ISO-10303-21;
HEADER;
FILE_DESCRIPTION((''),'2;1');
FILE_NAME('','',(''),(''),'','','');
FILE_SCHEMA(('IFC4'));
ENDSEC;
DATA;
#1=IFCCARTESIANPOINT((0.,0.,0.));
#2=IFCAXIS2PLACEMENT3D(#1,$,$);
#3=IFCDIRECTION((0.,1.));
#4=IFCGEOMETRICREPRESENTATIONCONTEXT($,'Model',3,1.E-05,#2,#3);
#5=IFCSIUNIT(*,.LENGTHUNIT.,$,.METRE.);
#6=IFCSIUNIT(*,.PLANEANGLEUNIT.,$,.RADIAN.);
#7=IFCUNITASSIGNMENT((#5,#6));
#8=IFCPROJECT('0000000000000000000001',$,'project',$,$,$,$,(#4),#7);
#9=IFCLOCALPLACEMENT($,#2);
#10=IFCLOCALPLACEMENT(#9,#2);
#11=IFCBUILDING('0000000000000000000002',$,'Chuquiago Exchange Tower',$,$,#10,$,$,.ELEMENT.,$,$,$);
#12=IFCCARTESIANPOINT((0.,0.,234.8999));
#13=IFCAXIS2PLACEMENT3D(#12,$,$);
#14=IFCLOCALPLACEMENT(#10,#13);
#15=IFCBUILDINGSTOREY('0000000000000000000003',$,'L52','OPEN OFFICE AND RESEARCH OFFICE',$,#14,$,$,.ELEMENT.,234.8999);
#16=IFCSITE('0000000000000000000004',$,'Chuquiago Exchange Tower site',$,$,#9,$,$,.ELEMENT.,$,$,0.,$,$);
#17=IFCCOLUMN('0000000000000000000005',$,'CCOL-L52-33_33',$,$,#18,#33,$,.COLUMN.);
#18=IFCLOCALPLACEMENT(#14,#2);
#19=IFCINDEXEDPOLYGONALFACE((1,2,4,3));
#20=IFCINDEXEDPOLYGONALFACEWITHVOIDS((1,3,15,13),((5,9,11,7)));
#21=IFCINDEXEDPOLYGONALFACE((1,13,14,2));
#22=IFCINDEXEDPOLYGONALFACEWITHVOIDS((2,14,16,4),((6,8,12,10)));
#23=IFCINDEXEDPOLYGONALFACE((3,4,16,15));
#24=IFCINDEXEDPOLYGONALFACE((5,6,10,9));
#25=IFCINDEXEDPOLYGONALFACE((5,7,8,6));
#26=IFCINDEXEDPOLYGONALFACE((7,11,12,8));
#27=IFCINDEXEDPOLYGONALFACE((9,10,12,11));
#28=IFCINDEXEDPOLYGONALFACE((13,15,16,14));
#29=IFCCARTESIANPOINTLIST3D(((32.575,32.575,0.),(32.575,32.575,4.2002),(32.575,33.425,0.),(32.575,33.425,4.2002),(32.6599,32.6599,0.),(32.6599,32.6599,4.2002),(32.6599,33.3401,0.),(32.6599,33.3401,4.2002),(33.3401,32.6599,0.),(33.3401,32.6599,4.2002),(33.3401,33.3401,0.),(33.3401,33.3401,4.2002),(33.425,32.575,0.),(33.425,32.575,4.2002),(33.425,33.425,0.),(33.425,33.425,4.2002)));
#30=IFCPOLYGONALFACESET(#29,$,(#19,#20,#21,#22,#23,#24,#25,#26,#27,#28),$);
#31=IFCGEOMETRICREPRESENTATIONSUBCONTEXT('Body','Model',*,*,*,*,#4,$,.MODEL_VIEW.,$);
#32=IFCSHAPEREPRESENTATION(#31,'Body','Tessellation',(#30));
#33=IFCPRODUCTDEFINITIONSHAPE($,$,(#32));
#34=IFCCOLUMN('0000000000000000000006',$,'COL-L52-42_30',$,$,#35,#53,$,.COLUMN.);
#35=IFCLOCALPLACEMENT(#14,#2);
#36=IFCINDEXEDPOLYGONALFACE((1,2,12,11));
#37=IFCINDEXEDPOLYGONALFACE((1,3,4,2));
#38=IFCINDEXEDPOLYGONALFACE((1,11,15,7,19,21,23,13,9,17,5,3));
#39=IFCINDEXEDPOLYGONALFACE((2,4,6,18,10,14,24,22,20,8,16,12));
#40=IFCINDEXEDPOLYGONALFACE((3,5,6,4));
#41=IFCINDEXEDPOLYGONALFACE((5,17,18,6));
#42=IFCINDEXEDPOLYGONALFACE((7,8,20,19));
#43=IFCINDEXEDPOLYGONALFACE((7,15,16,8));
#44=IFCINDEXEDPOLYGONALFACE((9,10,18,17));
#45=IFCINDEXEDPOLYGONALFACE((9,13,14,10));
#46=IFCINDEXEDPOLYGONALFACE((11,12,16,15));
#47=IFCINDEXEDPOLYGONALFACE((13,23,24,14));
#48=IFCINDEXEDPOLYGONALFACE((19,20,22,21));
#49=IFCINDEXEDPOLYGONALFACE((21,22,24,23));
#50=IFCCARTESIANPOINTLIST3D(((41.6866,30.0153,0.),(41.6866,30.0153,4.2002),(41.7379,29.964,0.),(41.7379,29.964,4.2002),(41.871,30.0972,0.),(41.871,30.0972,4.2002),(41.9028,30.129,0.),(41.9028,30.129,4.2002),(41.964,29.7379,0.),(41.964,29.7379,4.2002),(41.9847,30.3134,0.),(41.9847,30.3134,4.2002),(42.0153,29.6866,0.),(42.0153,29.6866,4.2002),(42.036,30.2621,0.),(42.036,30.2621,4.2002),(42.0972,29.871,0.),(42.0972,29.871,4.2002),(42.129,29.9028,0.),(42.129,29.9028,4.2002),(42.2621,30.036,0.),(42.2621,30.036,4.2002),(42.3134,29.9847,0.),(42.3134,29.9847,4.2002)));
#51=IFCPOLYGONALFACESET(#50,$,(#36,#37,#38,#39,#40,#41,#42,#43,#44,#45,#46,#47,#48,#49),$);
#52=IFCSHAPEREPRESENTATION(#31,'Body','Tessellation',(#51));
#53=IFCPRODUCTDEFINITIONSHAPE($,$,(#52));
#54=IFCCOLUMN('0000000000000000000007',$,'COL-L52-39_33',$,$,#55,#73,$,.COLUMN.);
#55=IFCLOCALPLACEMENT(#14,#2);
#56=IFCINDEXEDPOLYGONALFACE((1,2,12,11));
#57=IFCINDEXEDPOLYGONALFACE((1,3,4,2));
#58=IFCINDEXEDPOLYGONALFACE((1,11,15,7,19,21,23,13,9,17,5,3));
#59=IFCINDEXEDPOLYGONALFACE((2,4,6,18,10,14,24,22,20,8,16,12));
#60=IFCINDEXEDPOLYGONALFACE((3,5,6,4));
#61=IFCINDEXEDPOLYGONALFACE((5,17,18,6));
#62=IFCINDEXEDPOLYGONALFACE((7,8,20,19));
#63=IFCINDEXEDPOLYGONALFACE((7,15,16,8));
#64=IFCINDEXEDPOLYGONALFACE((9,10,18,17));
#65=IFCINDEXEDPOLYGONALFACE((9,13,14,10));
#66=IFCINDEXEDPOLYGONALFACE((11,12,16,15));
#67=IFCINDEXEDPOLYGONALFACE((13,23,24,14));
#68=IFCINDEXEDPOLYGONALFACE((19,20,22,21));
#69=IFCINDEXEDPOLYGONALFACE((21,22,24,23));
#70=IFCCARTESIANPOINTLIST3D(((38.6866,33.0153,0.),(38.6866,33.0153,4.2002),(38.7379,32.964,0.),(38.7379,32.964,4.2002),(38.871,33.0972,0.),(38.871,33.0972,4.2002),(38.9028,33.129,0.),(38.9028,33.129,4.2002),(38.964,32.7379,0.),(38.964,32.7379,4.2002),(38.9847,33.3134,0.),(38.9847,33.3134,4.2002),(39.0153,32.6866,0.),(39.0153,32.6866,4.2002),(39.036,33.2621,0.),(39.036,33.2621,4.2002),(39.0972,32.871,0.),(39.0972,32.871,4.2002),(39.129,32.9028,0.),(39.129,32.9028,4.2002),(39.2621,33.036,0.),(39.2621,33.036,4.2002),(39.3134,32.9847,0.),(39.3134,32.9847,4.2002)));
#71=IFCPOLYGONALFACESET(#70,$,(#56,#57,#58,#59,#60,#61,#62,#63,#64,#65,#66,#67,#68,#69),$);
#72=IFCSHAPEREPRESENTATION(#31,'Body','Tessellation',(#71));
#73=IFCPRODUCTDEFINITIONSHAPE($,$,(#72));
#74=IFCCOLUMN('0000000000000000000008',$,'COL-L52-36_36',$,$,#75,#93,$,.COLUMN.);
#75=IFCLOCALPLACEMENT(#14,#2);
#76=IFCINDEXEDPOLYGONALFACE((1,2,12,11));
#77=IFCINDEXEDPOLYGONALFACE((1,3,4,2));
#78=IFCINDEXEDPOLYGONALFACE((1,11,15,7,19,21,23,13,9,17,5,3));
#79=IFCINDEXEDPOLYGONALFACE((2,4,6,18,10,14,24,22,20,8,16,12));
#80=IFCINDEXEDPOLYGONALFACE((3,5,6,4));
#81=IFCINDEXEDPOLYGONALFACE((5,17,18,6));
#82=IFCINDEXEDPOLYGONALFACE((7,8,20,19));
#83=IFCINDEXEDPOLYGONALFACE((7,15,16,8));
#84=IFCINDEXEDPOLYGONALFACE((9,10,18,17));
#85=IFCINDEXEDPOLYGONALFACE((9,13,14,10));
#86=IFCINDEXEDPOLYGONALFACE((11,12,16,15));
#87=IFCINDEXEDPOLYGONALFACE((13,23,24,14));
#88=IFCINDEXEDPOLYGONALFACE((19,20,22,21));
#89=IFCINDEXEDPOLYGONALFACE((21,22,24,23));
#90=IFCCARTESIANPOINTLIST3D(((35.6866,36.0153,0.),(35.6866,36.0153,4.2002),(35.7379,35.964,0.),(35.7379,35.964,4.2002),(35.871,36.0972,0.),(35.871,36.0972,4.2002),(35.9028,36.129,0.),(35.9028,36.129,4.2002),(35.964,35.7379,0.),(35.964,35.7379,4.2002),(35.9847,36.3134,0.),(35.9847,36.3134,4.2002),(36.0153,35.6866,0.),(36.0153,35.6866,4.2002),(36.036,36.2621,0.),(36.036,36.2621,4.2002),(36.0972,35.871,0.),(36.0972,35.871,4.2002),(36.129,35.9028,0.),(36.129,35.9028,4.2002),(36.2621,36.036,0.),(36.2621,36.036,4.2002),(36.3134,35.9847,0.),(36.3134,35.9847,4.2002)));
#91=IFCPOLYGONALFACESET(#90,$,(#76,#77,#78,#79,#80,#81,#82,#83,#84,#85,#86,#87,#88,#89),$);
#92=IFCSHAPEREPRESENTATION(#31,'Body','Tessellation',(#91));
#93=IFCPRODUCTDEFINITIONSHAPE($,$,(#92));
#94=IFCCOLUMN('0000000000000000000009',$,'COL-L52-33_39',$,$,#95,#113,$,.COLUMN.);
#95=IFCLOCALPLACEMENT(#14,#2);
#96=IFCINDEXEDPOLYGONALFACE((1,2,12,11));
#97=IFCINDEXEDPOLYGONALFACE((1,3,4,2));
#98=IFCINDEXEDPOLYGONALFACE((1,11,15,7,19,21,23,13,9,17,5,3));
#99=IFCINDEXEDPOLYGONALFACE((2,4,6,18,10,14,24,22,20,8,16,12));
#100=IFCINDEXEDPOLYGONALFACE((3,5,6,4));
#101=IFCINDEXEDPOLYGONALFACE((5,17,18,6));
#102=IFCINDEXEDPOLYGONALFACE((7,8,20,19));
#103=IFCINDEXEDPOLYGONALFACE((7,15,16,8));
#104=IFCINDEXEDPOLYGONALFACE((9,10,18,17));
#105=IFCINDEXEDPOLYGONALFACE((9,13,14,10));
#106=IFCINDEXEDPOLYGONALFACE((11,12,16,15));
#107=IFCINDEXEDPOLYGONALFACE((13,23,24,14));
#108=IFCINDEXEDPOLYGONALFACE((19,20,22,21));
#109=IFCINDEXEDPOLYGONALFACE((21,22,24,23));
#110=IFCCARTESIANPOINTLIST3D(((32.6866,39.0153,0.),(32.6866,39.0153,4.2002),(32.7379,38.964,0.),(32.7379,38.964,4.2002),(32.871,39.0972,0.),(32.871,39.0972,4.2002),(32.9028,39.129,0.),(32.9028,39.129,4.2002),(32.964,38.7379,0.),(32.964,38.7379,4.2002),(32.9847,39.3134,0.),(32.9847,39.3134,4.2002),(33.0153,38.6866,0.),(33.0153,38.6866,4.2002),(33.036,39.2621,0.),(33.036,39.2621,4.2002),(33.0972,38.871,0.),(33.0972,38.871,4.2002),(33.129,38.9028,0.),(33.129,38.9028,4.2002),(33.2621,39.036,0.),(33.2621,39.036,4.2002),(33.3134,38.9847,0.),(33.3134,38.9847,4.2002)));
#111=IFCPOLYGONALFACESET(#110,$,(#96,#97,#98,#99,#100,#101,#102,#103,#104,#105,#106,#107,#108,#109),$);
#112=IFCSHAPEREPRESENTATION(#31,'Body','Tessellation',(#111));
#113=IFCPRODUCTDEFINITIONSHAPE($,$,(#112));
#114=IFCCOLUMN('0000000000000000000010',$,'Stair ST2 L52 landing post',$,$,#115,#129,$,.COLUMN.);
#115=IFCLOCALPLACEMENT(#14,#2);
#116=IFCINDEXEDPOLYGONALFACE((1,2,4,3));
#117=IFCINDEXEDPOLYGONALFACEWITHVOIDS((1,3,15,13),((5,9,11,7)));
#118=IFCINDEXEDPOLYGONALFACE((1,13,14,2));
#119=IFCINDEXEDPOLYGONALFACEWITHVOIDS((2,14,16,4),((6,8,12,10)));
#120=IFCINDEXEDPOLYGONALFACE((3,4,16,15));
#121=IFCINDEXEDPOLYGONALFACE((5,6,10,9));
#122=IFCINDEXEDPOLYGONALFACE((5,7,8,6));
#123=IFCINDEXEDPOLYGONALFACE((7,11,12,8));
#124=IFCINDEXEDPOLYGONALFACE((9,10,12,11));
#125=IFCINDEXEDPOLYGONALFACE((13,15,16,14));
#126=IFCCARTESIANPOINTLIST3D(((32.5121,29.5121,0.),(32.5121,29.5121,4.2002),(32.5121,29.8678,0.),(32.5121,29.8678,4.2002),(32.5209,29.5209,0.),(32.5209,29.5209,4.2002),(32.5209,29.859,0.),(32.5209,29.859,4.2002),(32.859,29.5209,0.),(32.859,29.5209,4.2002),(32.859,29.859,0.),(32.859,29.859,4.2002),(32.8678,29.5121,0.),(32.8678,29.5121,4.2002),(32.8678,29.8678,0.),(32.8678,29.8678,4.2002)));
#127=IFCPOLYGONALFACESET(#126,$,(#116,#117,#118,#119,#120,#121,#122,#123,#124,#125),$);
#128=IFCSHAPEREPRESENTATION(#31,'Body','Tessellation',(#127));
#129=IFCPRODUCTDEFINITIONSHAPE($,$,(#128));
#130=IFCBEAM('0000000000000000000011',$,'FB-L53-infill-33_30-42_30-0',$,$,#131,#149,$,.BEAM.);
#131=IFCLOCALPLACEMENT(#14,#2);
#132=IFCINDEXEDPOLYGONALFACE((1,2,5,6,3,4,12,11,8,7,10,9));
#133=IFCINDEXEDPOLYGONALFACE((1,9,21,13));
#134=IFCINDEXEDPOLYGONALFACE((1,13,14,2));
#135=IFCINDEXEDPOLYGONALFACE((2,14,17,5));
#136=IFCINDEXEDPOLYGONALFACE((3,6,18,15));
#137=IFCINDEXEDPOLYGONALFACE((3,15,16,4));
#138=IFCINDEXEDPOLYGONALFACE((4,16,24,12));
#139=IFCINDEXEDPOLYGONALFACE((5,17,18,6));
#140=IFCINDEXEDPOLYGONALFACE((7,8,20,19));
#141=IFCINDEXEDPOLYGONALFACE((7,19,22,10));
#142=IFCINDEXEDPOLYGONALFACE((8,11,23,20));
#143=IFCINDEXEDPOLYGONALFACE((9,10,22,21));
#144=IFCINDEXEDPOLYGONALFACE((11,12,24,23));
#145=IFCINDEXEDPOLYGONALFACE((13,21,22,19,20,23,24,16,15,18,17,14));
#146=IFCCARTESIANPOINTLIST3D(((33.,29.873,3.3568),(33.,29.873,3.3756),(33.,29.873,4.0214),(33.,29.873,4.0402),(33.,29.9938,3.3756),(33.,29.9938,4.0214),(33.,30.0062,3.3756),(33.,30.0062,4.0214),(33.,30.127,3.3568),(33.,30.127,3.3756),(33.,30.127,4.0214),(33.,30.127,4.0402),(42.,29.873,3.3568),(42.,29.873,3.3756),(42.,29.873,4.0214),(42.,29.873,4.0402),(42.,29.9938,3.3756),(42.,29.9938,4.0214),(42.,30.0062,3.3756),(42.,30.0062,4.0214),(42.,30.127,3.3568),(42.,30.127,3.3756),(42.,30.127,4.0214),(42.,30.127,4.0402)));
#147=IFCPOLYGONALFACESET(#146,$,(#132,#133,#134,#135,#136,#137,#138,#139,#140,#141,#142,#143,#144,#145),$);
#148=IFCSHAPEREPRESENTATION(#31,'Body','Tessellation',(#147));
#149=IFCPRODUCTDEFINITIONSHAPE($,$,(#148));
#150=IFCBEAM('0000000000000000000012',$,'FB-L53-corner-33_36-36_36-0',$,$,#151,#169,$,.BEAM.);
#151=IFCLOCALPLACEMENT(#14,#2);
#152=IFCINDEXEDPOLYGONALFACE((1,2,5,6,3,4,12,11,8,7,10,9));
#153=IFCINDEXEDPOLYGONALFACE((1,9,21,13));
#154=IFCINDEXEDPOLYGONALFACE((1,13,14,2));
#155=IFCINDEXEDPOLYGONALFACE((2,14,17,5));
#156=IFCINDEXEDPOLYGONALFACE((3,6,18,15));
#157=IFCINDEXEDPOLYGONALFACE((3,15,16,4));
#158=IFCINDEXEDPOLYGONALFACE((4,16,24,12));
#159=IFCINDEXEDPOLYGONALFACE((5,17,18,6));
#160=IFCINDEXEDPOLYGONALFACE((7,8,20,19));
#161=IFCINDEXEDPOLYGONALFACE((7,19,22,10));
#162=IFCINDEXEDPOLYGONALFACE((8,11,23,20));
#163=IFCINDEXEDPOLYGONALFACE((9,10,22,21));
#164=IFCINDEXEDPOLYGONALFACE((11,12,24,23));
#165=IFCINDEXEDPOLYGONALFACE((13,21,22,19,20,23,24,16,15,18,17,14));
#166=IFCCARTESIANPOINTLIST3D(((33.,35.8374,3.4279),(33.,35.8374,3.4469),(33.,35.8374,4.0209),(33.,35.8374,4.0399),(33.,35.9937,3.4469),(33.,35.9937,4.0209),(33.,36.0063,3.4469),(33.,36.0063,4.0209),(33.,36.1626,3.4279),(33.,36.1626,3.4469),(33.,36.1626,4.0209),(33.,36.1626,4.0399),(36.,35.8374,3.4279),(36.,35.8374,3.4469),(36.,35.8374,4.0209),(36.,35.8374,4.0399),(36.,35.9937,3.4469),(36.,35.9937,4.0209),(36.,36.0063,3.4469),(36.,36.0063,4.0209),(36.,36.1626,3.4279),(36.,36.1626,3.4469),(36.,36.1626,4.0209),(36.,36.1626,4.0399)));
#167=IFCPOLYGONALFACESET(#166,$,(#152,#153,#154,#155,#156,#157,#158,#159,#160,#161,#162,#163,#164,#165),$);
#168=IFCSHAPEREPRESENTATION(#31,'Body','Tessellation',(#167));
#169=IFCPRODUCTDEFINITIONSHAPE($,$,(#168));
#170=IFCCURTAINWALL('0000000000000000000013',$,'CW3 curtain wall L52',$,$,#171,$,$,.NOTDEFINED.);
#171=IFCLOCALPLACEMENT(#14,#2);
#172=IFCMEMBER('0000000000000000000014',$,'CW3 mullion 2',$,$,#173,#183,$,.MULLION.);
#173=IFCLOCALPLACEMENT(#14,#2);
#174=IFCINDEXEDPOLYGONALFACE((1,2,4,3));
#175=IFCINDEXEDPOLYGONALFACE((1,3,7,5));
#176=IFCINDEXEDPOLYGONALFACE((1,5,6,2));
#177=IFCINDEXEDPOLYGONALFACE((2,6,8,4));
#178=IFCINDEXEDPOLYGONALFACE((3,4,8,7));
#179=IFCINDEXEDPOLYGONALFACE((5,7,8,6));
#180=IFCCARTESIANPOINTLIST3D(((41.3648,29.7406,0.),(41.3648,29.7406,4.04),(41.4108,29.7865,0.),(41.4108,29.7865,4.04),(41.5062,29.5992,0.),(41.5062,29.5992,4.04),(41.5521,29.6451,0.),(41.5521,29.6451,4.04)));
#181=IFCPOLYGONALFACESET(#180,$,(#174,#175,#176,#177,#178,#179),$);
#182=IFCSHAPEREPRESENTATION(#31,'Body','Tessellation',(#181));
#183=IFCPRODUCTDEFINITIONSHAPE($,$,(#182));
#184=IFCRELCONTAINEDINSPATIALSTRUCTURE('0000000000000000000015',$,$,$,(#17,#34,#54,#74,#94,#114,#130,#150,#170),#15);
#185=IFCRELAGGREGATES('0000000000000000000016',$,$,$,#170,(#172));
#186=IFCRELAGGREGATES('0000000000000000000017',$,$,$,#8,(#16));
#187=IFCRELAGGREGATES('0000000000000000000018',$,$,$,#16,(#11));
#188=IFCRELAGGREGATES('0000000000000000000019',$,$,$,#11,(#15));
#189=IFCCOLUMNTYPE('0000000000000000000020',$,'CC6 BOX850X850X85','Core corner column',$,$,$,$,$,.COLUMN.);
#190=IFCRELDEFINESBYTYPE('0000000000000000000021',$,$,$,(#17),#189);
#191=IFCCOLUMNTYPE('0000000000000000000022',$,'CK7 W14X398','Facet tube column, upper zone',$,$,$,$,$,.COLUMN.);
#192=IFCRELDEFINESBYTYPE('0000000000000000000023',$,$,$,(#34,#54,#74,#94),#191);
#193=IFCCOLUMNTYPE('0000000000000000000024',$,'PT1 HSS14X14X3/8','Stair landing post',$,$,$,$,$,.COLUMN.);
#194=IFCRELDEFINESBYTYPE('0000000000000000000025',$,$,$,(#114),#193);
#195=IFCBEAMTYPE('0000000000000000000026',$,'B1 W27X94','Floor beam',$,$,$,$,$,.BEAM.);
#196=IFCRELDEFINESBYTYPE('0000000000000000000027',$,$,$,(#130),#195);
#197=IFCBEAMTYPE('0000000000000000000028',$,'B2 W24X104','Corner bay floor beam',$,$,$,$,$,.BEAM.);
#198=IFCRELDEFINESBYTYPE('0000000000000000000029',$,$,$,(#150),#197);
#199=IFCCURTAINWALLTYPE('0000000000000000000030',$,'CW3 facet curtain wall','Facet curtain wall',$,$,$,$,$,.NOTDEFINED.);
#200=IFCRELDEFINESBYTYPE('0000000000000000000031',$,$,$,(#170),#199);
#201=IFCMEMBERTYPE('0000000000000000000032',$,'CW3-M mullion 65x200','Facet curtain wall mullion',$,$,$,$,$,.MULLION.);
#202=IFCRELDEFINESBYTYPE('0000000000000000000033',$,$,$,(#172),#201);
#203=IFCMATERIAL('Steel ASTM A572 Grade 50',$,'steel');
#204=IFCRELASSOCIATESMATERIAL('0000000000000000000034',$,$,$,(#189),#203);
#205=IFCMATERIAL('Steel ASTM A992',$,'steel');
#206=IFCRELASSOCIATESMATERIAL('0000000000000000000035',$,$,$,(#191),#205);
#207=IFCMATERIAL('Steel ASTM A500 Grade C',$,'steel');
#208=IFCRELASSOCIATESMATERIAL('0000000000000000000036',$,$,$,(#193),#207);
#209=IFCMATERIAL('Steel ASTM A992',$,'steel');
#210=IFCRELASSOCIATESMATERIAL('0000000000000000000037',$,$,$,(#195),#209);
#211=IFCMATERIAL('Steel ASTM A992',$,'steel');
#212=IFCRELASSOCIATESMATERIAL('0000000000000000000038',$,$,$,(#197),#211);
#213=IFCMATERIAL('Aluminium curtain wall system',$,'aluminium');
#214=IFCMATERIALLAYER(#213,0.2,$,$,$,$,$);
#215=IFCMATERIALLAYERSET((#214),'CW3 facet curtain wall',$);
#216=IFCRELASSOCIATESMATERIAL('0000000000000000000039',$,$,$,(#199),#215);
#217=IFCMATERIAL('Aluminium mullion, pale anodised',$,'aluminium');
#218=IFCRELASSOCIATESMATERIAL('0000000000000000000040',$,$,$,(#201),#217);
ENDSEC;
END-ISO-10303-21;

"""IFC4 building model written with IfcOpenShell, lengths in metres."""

from ifc_helpers import new_model, si_unit, direction, frame, origin, origin_2d, place, context, subcontext, project, spatial, rectangle, hollow_rectangle, i_section, extrude, material, layer, layer_set, material_profile, profile_set, type_object, element, aggregate, save


model = new_model("IFC4")

# Units and contexts
model_context = context("Model", 3, precision=1e-05, world=origin(), true_north=direction((0.0, 1.0)))
body_context = subcontext(model_context, "Body", "Model", "MODEL_VIEW")
ifc_project = project(units=[si_unit("LENGTHUNIT", "METRE"), si_unit("PLANEANGLEUNIT", "RADIAN")], contexts=[model_context])

# Site, building, storey
site_placement = place(None, origin())
site = spatial("IfcSite", under=ifc_project, at=site_placement, Name="Chuquiago Exchange Tower site", CompositionType="ELEMENT", RefElevation=0.0)
building_placement = place(site_placement, origin())
building = spatial("IfcBuilding", under=site, at=building_placement, Name="Chuquiago Exchange Tower", CompositionType="ELEMENT")
storey_placement = place(building_placement, frame((0.0, 0.0, 234.8999)))
storey = spatial("IfcBuildingStorey", under=building, at=storey_placement, Name="L52", Description="OPEN OFFICE AND RESEARCH OFFICE", CompositionType="ELEMENT", Elevation=234.8999)

# Columns
ifc_material_1 = material(Name="Steel ASTM A572 Grade 50", Category="steel")
ifc_material_profile_1 = material_profile(ifc_material_1, hollow_rectangle(XDim=0.8501, YDim=0.8501, WallThickness=0.085, at=origin_2d()), Name="BOX850X850X85")
ifc_profile_set_1 = profile_set([ifc_material_profile_1], Name="Steel ASTM A572 Grade 50")
column_type_1 = type_object("IfcColumnType", Name="CC6 BOX850X850X85", Description="Core corner column", PredefinedType="COLUMN", material=ifc_profile_set_1)
column_1_placement = place(storey_placement, frame((33.0, 33.0, 0.0), z_axis=(0.0, 0.0, 1.0), x_axis=(1.0, 0.0, 0.0)))
element("IfcColumn", 1, at=column_1_placement, inside=storey, type_object=column_type_1, Name="CCOL-L52-33_33", PredefinedType="COLUMN", context=body_context, shape_type="SweptSolid", body=[
    extrude(hollow_rectangle(XDim=0.8501, YDim=0.8501, WallThickness=0.085, at=origin_2d()), origin(), (0.0, 0.0, 1.0), 4.2002),
])
ifc_material_2 = material(Name="Steel ASTM A992", Category="steel")
ifc_material_profile_2 = material_profile(ifc_material_2, i_section(OverallWidth=0.4216, OverallDepth=0.4648, WebThickness=0.0449, FlangeThickness=0.0725, at=origin_2d()), Name="W14X398")
ifc_profile_set_2 = profile_set([ifc_material_profile_2], Name="Steel ASTM A992")
column_type_2 = type_object("IfcColumnType", Name="CK7 W14X398", Description="Facet tube column, upper zone", PredefinedType="COLUMN", material=ifc_profile_set_2)
for number, where, z_axis, x_axis, name in (
    (2, (42.0, 30.0, 0.0), (0.0, 0.0, 1.0), (0.707107, 0.707107, 0.0), "COL-L52-42_30"),
    (3, (39.0, 33.0, 0.0), (0.0, 0.0, 1.0), (0.707107, 0.707107, 0.0), "COL-L52-39_33"),
    (4, (36.0, 36.0, 0.0), (0.0, 0.0, 1.0), (0.707107, 0.707107, 0.0), "COL-L52-36_36"),
    (5, (33.0, 39.0, 0.0), (0.0, 0.0, 1.0), (0.707107, 0.707107, 0.0), "COL-L52-33_39"),
):
    element("IfcColumn", number, at=place(storey_placement, frame(where, z_axis=z_axis, x_axis=x_axis)), inside=storey, type_object=column_type_2, Name=name, PredefinedType="COLUMN", context=body_context, shape_type="SweptSolid", body=[
        extrude(i_section(OverallWidth=0.4216, OverallDepth=0.4648, WebThickness=0.0449, FlangeThickness=0.0725, at=origin_2d()), origin(), (0.0, 0.0, 1.0), 4.2002),
    ])
ifc_material_3 = material(Name="Steel ASTM A500 Grade C", Category="steel")
ifc_material_profile_3 = material_profile(ifc_material_3, hollow_rectangle(XDim=0.3557, YDim=0.3557, WallThickness=0.0088, at=origin_2d()), Name="HSS14X14X3/8")
ifc_profile_set_3 = profile_set([ifc_material_profile_3], Name="Steel ASTM A500 Grade C")
column_type_3 = type_object("IfcColumnType", Name="PT1 HSS14X14X3/8", Description="Stair landing post", PredefinedType="COLUMN", material=ifc_profile_set_3)
column_2_placement = place(storey_placement, frame((32.6899, 29.6899, 0.0), z_axis=(0.0, 0.0, 1.0), x_axis=(1.0, 0.0, 0.0)))
element("IfcColumn", 6, at=column_2_placement, inside=storey, type_object=column_type_3, Name="Stair ST2 L52 landing post", PredefinedType="COLUMN", context=body_context, shape_type="SweptSolid", body=[
    extrude(hollow_rectangle(XDim=0.3557, YDim=0.3557, WallThickness=0.0088, at=origin_2d()), origin(), (0.0, 0.0, 1.0), 4.2002),
])

# Beams
ifc_material_4 = material(Name="Steel ASTM A992", Category="steel")
ifc_material_profile_4 = material_profile(ifc_material_4, i_section(OverallWidth=0.2539, OverallDepth=0.6833, WebThickness=0.0125, FlangeThickness=0.0188, at=origin_2d()), Name="W27X94")
ifc_profile_set_4 = profile_set([ifc_material_profile_4], Name="Steel ASTM A992")
beam_type_1 = type_object("IfcBeamType", Name="B1 W27X94", Description="Floor beam", PredefinedType="BEAM", material=ifc_profile_set_4)
beam_1_placement = place(storey_placement, frame((33.0, 30.0, 3.6985), z_axis=(1.0, 0.0, 0.0), x_axis=(0.0, 1.0, 0.0)))
element("IfcBeam", 7, at=beam_1_placement, inside=storey, type_object=beam_type_1, Name="FB-L53-infill-33_30-42_30-0", PredefinedType="BEAM", context=body_context, shape_type="SweptSolid", body=[
    extrude(i_section(OverallWidth=0.2539, OverallDepth=0.6833, WebThickness=0.0125, FlangeThickness=0.0188, at=origin_2d()), origin(), (0.0, 0.0, 1.0), 9.0),
])
ifc_material_5 = material(Name="Steel ASTM A992", Category="steel")
ifc_material_profile_5 = material_profile(ifc_material_5, i_section(OverallWidth=0.3252, OverallDepth=0.6121, WebThickness=0.0127, FlangeThickness=0.019, at=origin_2d()), Name="W24X104")
ifc_profile_set_5 = profile_set([ifc_material_profile_5], Name="Steel ASTM A992")
beam_type_2 = type_object("IfcBeamType", Name="B2 W24X104", Description="Corner bay floor beam", PredefinedType="BEAM", material=ifc_profile_set_5)
beam_2_placement = place(storey_placement, frame((33.0, 36.0, 3.7339), z_axis=(1.0, 0.0, 0.0), x_axis=(0.0, 1.0, 0.0)))
element("IfcBeam", 8, at=beam_2_placement, inside=storey, type_object=beam_type_2, Name="FB-L53-corner-33_36-36_36-0", PredefinedType="BEAM", context=body_context, shape_type="SweptSolid", body=[
    extrude(i_section(OverallWidth=0.3252, OverallDepth=0.6121, WebThickness=0.0127, FlangeThickness=0.019, at=origin_2d()), origin(), (0.0, 0.0, 1.0), 3.0),
])

# Curtain wall, member
ifc_material_6 = material(Name="Aluminium curtain wall system", Category="aluminium")
ifc_layer_1 = layer(ifc_material_6, 0.2)
ifc_layer_set_1 = layer_set([ifc_layer_1], Name="CW3 facet curtain wall")
curtain_wall_type = type_object("IfcCurtainWallType", Name="CW3 facet curtain wall", Description="Facet curtain wall", PredefinedType="NOTDEFINED", material=ifc_layer_set_1)
curtain_wall_placement = place(storey_placement, origin())
curtain_wall = element("IfcCurtainWall", 9, at=curtain_wall_placement, inside=storey, type_object=curtain_wall_type, Name="CW3 curtain wall L52", PredefinedType="NOTDEFINED")
ifc_material_7 = material(Name="Aluminium mullion, pale anodised", Category="aluminium")
ifc_material_profile_6 = material_profile(ifc_material_7, rectangle(XDim=0.0649, YDim=0.2, at=origin_2d()), Name="AL 65x200")
ifc_profile_set_6 = profile_set([ifc_material_profile_6], Name="Aluminium mullion, pale anodised")
member_type_1 = type_object("IfcMemberType", Name="CW3-M mullion 65x200", Description="Facet curtain wall mullion", PredefinedType="MULLION", material=ifc_profile_set_6)
member_1_placement = place(storey_placement, frame((41.4585, 29.6929, 0.0), z_axis=(0.0, 0.0, 1.0), x_axis=(-0.707107, -0.707107, 0.0)))
member_1 = element("IfcMember", 10, at=member_1_placement, type_object=member_type_1, Name="CW3 mullion 2", PredefinedType="MULLION", context=body_context, shape_type="SweptSolid", body=[
    extrude(rectangle(XDim=0.0649, YDim=0.2, at=origin_2d()), origin(), (0.0, 0.0, 1.0), 4.04),
])

aggregate(curtain_wall, [member_1])

save(model, "model.ifc")
